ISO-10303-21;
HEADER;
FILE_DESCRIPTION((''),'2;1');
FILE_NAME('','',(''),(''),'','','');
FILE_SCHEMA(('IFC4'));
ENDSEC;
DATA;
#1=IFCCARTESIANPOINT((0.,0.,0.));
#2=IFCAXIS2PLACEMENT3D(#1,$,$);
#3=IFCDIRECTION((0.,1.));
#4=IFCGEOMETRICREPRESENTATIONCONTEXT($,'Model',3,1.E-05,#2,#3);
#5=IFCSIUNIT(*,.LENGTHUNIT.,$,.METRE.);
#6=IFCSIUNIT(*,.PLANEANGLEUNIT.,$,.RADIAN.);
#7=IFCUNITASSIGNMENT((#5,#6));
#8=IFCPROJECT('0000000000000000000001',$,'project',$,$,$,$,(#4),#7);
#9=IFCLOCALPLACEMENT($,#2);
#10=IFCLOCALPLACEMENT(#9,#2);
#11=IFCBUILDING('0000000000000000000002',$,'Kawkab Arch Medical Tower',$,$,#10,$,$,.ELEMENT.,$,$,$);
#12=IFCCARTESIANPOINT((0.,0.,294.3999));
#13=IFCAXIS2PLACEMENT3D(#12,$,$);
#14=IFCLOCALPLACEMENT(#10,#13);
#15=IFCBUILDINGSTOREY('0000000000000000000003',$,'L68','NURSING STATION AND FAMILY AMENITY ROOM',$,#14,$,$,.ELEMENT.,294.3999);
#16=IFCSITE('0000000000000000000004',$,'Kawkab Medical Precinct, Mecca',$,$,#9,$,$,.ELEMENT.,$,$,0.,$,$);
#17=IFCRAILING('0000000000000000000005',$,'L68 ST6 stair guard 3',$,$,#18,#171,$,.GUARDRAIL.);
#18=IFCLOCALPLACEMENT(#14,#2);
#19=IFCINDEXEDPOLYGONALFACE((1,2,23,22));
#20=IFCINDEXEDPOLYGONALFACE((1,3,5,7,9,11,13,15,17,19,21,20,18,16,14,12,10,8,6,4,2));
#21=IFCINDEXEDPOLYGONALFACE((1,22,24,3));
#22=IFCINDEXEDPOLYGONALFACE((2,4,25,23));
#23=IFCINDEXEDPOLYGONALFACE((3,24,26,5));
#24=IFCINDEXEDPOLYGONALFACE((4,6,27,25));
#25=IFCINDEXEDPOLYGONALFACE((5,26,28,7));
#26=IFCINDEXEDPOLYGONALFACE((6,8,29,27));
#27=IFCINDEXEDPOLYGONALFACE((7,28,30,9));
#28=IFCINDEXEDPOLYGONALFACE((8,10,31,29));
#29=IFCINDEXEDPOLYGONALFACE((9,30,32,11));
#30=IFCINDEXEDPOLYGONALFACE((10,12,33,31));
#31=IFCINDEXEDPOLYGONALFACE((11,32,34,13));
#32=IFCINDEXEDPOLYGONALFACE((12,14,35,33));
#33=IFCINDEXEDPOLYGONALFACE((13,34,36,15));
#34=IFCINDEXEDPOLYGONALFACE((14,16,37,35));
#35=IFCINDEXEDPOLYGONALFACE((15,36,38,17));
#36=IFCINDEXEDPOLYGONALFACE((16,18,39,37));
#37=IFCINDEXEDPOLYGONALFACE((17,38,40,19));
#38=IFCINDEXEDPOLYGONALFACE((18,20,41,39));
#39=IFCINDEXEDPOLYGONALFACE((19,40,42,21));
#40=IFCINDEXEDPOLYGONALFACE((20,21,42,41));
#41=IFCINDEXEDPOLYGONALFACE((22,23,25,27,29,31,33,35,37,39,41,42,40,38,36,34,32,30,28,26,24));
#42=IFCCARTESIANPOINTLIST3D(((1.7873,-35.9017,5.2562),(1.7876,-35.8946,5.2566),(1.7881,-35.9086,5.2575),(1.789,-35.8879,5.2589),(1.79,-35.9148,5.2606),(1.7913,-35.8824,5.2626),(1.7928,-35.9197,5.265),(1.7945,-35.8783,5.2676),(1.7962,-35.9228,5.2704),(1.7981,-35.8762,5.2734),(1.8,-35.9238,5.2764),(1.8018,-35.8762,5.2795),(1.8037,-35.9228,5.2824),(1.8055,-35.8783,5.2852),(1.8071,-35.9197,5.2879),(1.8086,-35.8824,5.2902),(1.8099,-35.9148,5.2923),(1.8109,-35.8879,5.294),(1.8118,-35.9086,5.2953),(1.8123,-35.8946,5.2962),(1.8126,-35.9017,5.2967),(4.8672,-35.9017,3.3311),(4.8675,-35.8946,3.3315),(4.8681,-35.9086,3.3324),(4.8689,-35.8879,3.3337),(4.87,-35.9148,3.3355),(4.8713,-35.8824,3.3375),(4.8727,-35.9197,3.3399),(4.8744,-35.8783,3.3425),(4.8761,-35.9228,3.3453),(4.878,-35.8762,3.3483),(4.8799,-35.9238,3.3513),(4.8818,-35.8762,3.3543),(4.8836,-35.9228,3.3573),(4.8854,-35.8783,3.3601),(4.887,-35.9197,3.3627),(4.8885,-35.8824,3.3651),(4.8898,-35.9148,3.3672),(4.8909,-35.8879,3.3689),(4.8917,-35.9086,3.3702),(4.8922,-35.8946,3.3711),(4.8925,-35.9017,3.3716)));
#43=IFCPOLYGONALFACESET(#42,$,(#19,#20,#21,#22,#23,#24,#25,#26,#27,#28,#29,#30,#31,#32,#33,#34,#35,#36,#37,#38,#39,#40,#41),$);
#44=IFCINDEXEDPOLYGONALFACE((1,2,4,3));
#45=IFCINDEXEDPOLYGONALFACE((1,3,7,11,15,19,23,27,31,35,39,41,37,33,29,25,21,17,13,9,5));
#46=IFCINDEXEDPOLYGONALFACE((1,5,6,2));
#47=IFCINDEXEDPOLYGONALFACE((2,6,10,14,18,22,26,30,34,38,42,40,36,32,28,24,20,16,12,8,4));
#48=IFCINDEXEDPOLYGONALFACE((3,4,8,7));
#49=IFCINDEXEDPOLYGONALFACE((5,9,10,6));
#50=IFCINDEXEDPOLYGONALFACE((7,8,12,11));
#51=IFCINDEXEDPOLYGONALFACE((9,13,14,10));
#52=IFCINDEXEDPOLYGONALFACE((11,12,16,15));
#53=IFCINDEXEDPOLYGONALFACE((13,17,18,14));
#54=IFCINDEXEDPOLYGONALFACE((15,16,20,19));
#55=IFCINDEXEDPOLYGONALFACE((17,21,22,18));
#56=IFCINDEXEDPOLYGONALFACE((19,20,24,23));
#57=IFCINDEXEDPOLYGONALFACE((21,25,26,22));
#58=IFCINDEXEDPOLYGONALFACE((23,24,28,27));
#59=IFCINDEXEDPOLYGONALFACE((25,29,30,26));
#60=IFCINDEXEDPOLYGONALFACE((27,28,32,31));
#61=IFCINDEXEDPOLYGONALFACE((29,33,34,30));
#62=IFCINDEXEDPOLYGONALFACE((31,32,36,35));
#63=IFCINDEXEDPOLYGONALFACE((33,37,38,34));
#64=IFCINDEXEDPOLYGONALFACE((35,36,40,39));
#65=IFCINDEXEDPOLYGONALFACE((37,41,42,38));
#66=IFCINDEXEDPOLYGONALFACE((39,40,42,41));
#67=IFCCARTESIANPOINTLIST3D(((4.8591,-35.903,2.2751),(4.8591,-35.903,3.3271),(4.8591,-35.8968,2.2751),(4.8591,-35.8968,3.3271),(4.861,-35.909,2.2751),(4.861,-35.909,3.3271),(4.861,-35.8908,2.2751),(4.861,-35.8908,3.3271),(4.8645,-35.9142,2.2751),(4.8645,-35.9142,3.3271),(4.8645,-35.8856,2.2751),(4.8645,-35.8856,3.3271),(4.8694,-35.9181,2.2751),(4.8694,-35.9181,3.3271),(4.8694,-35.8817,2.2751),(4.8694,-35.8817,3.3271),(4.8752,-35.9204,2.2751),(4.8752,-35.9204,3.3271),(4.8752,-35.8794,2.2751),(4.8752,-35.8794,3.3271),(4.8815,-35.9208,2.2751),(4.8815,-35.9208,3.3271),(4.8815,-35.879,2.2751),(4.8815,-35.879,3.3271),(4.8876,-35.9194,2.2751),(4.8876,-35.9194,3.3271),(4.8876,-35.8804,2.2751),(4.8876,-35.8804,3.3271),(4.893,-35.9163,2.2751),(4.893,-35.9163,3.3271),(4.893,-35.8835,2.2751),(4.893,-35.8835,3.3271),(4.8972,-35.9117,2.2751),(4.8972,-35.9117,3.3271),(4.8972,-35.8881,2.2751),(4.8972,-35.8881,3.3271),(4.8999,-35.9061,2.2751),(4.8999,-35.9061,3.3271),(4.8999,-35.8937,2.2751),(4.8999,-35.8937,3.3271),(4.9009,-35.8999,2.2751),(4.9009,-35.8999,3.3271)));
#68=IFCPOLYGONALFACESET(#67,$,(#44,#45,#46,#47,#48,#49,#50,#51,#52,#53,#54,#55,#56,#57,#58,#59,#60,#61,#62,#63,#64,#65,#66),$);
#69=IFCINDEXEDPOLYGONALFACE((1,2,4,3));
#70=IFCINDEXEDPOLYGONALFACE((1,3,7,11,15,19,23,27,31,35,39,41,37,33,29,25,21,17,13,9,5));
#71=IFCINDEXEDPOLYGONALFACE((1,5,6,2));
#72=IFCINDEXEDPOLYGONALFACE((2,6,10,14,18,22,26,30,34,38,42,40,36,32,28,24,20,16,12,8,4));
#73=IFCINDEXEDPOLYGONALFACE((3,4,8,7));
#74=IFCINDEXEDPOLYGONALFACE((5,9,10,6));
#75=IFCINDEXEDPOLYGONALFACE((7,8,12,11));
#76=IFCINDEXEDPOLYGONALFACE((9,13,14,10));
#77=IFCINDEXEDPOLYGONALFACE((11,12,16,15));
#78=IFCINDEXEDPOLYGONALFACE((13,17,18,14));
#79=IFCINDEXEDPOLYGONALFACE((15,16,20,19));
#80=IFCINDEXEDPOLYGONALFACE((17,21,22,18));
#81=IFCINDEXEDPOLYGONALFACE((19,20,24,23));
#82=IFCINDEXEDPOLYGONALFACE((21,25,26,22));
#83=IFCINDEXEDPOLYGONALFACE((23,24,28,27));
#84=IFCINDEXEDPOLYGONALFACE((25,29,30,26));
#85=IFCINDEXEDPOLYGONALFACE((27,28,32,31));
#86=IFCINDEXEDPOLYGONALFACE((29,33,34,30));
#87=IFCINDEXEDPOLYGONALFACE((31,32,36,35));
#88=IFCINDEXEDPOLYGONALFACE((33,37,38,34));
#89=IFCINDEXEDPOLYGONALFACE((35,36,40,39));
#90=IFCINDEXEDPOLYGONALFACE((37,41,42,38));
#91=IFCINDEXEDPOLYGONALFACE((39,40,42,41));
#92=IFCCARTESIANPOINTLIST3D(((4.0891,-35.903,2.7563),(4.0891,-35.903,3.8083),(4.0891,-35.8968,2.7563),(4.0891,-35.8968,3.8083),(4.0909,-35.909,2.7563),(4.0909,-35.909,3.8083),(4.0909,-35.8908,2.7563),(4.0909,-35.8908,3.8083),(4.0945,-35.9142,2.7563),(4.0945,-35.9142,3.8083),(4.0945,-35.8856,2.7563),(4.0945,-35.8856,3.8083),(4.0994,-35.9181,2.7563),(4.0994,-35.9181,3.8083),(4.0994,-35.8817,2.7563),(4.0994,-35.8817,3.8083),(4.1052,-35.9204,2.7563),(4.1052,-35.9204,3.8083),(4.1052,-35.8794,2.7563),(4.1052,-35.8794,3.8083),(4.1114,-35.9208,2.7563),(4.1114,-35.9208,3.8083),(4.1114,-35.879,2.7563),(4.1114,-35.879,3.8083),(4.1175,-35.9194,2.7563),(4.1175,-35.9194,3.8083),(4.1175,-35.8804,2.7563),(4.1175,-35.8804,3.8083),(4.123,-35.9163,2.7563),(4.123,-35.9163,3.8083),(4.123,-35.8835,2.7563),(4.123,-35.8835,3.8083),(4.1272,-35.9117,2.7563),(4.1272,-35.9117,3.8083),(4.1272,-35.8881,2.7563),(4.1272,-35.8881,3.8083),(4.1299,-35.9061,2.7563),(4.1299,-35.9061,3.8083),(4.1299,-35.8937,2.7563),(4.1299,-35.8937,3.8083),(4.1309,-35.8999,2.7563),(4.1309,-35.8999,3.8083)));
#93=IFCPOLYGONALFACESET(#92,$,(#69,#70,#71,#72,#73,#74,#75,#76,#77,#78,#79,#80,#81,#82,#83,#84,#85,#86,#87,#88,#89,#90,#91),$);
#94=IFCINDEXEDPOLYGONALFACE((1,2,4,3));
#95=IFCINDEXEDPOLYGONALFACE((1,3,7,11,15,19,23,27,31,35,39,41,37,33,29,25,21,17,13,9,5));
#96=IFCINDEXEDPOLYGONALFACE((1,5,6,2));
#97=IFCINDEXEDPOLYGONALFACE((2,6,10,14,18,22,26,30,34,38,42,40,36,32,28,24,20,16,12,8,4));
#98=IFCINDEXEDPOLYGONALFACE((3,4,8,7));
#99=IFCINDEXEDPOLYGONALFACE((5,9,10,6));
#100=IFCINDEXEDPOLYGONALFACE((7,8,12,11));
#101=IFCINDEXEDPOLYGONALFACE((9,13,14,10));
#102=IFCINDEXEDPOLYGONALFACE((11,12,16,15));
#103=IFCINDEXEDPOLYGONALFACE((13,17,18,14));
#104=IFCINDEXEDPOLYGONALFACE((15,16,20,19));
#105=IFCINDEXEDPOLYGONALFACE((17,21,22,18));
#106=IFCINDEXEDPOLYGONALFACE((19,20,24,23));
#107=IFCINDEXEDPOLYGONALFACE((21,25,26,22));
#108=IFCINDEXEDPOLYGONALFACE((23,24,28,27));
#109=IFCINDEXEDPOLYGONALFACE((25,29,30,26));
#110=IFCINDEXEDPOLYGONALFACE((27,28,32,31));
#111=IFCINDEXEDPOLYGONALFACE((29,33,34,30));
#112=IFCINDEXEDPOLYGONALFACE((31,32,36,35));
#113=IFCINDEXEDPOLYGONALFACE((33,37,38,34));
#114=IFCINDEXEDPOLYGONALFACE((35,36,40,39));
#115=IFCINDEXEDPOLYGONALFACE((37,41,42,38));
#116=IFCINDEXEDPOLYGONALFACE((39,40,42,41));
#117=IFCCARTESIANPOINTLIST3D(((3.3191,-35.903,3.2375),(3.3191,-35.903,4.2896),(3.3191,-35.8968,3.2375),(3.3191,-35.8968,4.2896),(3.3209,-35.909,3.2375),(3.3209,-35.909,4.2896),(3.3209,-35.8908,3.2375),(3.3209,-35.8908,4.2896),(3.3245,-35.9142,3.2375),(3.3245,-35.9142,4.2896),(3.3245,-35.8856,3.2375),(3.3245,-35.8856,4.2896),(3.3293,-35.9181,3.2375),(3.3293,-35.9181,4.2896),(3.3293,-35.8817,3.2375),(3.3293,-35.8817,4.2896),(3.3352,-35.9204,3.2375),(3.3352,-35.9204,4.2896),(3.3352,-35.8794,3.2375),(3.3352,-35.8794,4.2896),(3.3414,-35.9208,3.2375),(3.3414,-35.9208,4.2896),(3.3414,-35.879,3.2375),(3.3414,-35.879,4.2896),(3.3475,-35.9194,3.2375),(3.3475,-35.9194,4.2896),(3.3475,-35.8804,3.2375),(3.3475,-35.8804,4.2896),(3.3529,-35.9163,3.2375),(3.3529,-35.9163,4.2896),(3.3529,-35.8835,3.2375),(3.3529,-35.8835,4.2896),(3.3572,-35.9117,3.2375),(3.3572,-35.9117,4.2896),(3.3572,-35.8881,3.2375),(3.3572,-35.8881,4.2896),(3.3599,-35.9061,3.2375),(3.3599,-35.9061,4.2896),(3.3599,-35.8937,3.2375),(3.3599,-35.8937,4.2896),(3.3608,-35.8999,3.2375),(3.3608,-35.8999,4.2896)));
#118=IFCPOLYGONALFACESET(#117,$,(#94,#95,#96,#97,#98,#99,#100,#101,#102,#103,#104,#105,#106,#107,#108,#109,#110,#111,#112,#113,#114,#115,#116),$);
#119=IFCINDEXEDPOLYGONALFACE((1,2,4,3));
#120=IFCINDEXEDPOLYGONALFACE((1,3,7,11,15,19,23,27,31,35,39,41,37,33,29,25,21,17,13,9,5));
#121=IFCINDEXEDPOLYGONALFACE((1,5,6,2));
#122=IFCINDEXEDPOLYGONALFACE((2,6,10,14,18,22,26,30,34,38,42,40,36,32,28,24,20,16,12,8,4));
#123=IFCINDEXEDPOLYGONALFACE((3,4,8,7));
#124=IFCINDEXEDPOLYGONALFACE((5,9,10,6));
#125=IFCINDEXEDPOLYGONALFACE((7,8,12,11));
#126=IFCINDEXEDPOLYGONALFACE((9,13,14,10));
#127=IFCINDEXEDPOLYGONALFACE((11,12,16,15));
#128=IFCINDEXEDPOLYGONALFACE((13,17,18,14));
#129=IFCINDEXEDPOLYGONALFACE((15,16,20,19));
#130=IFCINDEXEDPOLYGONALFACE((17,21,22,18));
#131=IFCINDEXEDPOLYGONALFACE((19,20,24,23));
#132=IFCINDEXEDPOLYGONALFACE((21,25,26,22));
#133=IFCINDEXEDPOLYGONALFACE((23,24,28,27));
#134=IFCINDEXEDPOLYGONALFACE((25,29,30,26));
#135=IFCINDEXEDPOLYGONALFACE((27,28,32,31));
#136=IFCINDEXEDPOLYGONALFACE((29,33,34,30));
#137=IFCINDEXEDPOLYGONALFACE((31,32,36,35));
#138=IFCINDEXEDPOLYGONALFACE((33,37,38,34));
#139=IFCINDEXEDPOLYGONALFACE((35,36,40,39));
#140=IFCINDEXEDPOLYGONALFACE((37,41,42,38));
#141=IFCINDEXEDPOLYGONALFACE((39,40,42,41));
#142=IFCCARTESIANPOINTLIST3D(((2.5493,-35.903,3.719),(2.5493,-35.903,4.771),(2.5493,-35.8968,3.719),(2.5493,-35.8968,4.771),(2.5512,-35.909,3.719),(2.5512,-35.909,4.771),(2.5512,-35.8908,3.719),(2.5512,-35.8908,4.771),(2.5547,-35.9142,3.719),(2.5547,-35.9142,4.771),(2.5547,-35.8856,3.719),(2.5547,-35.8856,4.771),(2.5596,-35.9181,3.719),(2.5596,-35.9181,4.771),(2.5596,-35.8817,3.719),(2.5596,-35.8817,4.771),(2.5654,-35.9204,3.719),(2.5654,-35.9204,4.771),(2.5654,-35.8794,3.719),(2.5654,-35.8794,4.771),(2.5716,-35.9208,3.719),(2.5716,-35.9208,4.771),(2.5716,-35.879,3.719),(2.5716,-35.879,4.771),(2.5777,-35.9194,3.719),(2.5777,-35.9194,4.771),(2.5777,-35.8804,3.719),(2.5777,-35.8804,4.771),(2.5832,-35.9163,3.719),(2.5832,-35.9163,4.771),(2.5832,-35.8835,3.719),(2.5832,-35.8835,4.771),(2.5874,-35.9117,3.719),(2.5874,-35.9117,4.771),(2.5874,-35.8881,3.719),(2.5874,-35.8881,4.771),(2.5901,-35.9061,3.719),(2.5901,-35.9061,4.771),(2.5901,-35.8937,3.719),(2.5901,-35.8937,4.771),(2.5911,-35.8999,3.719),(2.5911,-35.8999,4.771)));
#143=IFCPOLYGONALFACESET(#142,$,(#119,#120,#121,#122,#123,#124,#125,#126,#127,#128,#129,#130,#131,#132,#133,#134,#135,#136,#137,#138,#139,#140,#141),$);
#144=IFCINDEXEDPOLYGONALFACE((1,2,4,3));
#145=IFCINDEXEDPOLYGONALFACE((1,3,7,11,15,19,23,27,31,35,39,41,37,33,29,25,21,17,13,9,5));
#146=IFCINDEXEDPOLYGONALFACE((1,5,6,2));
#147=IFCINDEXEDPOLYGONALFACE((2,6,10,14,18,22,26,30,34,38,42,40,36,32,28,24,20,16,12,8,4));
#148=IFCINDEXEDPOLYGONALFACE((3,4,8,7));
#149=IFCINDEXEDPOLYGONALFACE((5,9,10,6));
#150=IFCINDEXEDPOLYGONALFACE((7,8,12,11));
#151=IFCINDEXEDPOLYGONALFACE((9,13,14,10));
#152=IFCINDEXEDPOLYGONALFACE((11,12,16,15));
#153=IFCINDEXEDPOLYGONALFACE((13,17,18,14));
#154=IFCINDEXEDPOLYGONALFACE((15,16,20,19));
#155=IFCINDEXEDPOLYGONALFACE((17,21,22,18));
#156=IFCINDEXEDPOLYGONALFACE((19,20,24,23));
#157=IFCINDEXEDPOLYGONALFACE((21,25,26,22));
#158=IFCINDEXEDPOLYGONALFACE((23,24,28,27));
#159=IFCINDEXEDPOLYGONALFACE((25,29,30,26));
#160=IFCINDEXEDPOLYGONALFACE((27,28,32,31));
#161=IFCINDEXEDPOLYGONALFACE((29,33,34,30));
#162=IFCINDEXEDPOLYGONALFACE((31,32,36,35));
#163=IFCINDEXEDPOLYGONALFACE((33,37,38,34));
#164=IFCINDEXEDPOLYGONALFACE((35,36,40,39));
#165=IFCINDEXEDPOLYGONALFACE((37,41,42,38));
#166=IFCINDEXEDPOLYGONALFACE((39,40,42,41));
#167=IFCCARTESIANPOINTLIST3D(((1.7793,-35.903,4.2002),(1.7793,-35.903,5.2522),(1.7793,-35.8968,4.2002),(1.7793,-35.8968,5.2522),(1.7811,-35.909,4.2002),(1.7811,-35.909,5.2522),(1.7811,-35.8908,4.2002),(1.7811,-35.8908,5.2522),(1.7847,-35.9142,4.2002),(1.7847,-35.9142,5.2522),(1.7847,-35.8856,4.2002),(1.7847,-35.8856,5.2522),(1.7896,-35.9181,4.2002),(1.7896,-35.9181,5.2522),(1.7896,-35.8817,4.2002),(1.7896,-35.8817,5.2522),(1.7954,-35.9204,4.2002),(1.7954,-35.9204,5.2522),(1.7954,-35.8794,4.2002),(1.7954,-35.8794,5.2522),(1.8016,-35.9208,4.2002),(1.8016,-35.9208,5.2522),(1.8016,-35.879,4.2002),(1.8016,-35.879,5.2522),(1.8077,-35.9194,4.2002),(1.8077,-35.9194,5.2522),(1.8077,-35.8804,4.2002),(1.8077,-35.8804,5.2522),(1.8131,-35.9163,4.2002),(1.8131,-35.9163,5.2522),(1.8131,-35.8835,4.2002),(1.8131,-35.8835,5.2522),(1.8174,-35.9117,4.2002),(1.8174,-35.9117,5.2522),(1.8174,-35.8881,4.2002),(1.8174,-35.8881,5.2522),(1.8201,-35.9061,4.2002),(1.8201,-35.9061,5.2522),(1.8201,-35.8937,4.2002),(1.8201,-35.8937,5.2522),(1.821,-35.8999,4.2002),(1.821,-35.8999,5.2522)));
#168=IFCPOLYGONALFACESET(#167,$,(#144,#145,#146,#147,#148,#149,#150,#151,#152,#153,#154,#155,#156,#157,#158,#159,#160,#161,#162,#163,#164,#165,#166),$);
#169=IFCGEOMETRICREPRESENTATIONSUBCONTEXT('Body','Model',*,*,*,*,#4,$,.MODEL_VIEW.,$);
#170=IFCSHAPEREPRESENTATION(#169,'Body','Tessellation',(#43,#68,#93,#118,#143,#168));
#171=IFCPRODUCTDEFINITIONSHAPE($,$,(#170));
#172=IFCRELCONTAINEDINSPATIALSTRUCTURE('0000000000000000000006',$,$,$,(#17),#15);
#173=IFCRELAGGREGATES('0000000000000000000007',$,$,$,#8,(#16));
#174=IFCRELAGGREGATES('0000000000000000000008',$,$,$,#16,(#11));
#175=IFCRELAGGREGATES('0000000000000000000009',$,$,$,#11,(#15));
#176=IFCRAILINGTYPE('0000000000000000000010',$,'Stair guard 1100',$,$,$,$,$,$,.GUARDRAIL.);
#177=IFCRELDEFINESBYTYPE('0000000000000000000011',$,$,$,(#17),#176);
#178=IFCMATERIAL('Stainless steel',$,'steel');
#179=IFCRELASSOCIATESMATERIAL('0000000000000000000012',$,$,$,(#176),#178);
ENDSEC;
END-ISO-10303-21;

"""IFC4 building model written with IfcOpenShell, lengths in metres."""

from ifc_helpers import new_model, si_unit, direction, frame, origin, origin_2d, place, context, subcontext, project, spatial, circle, extrude, material, type_object, element, save


model = new_model("IFC4")

# Units and contexts
model_context = context("Model", 3, precision=1e-05, world=origin(), true_north=direction((0.0, 1.0)))
body_context = subcontext(model_context, "Body", "Model", "MODEL_VIEW")
ifc_project = project(units=[si_unit("LENGTHUNIT", "METRE"), si_unit("PLANEANGLEUNIT", "RADIAN")], contexts=[model_context])

# Site, building, storey
site_placement = place(None, origin())
site = spatial("IfcSite", under=ifc_project, at=site_placement, Name="Kawkab Medical Precinct, Mecca", CompositionType="ELEMENT", RefElevation=0.0)
building_placement = place(site_placement, origin())
building = spatial("IfcBuilding", under=site, at=building_placement, Name="Kawkab Arch Medical Tower", CompositionType="ELEMENT")
storey_placement = place(building_placement, frame((0.0, 0.0, 294.3999)))
storey = spatial("IfcBuildingStorey", under=building, at=storey_placement, Name="L68", Description="NURSING STATION AND FAMILY AMENITY ROOM", CompositionType="ELEMENT", Elevation=294.3999)

# Railing
ifc_material_1 = material(Name="Stainless steel", Category="steel")
railing_type = type_object("IfcRailingType", Name="Stair guard 1100", PredefinedType="GUARDRAIL", material=ifc_material_1)
railing_1_placement = place(storey_placement, frame((4.8799, -35.8999, 2.2751)))
element("IfcRailing", 1, at=railing_1_placement, inside=storey, type_object=railing_type, Name="L68 ST6 stair guard 3", PredefinedType="GUARDRAIL", context=body_context, shape_type="SweptSolid", body=[
    extrude(circle(Radius=0.0239, at=origin_2d()), frame((0.0, 0.0, 1.0762), z_axis=(-0.847979, 0.0, 0.530029), x_axis=(0.0, -1.0, 0.0)), (0.0, 0.0, 1.0), 3.6321),
    extrude(circle(Radius=0.021, at=origin_2d()), origin(), (0.0, 0.0, 1.0), 1.052),
    extrude(circle(Radius=0.021, at=origin_2d()), frame((-0.77, 0.0, 0.4812)), (0.0, 0.0, 1.0), 1.052),
    extrude(circle(Radius=0.021, at=origin_2d()), frame((-1.54, 0.0, 0.9624)), (0.0, 0.0, 1.0), 1.052),
    extrude(circle(Radius=0.021, at=origin_2d()), frame((-2.3098, 0.0, 1.4438)), (0.0, 0.0, 1.0), 1.052),
    extrude(circle(Radius=0.021, at=origin_2d()), frame((-3.0798, 0.0, 1.925)), (0.0, 0.0, 1.0), 1.052),
])

save(model, "model.ifc")
